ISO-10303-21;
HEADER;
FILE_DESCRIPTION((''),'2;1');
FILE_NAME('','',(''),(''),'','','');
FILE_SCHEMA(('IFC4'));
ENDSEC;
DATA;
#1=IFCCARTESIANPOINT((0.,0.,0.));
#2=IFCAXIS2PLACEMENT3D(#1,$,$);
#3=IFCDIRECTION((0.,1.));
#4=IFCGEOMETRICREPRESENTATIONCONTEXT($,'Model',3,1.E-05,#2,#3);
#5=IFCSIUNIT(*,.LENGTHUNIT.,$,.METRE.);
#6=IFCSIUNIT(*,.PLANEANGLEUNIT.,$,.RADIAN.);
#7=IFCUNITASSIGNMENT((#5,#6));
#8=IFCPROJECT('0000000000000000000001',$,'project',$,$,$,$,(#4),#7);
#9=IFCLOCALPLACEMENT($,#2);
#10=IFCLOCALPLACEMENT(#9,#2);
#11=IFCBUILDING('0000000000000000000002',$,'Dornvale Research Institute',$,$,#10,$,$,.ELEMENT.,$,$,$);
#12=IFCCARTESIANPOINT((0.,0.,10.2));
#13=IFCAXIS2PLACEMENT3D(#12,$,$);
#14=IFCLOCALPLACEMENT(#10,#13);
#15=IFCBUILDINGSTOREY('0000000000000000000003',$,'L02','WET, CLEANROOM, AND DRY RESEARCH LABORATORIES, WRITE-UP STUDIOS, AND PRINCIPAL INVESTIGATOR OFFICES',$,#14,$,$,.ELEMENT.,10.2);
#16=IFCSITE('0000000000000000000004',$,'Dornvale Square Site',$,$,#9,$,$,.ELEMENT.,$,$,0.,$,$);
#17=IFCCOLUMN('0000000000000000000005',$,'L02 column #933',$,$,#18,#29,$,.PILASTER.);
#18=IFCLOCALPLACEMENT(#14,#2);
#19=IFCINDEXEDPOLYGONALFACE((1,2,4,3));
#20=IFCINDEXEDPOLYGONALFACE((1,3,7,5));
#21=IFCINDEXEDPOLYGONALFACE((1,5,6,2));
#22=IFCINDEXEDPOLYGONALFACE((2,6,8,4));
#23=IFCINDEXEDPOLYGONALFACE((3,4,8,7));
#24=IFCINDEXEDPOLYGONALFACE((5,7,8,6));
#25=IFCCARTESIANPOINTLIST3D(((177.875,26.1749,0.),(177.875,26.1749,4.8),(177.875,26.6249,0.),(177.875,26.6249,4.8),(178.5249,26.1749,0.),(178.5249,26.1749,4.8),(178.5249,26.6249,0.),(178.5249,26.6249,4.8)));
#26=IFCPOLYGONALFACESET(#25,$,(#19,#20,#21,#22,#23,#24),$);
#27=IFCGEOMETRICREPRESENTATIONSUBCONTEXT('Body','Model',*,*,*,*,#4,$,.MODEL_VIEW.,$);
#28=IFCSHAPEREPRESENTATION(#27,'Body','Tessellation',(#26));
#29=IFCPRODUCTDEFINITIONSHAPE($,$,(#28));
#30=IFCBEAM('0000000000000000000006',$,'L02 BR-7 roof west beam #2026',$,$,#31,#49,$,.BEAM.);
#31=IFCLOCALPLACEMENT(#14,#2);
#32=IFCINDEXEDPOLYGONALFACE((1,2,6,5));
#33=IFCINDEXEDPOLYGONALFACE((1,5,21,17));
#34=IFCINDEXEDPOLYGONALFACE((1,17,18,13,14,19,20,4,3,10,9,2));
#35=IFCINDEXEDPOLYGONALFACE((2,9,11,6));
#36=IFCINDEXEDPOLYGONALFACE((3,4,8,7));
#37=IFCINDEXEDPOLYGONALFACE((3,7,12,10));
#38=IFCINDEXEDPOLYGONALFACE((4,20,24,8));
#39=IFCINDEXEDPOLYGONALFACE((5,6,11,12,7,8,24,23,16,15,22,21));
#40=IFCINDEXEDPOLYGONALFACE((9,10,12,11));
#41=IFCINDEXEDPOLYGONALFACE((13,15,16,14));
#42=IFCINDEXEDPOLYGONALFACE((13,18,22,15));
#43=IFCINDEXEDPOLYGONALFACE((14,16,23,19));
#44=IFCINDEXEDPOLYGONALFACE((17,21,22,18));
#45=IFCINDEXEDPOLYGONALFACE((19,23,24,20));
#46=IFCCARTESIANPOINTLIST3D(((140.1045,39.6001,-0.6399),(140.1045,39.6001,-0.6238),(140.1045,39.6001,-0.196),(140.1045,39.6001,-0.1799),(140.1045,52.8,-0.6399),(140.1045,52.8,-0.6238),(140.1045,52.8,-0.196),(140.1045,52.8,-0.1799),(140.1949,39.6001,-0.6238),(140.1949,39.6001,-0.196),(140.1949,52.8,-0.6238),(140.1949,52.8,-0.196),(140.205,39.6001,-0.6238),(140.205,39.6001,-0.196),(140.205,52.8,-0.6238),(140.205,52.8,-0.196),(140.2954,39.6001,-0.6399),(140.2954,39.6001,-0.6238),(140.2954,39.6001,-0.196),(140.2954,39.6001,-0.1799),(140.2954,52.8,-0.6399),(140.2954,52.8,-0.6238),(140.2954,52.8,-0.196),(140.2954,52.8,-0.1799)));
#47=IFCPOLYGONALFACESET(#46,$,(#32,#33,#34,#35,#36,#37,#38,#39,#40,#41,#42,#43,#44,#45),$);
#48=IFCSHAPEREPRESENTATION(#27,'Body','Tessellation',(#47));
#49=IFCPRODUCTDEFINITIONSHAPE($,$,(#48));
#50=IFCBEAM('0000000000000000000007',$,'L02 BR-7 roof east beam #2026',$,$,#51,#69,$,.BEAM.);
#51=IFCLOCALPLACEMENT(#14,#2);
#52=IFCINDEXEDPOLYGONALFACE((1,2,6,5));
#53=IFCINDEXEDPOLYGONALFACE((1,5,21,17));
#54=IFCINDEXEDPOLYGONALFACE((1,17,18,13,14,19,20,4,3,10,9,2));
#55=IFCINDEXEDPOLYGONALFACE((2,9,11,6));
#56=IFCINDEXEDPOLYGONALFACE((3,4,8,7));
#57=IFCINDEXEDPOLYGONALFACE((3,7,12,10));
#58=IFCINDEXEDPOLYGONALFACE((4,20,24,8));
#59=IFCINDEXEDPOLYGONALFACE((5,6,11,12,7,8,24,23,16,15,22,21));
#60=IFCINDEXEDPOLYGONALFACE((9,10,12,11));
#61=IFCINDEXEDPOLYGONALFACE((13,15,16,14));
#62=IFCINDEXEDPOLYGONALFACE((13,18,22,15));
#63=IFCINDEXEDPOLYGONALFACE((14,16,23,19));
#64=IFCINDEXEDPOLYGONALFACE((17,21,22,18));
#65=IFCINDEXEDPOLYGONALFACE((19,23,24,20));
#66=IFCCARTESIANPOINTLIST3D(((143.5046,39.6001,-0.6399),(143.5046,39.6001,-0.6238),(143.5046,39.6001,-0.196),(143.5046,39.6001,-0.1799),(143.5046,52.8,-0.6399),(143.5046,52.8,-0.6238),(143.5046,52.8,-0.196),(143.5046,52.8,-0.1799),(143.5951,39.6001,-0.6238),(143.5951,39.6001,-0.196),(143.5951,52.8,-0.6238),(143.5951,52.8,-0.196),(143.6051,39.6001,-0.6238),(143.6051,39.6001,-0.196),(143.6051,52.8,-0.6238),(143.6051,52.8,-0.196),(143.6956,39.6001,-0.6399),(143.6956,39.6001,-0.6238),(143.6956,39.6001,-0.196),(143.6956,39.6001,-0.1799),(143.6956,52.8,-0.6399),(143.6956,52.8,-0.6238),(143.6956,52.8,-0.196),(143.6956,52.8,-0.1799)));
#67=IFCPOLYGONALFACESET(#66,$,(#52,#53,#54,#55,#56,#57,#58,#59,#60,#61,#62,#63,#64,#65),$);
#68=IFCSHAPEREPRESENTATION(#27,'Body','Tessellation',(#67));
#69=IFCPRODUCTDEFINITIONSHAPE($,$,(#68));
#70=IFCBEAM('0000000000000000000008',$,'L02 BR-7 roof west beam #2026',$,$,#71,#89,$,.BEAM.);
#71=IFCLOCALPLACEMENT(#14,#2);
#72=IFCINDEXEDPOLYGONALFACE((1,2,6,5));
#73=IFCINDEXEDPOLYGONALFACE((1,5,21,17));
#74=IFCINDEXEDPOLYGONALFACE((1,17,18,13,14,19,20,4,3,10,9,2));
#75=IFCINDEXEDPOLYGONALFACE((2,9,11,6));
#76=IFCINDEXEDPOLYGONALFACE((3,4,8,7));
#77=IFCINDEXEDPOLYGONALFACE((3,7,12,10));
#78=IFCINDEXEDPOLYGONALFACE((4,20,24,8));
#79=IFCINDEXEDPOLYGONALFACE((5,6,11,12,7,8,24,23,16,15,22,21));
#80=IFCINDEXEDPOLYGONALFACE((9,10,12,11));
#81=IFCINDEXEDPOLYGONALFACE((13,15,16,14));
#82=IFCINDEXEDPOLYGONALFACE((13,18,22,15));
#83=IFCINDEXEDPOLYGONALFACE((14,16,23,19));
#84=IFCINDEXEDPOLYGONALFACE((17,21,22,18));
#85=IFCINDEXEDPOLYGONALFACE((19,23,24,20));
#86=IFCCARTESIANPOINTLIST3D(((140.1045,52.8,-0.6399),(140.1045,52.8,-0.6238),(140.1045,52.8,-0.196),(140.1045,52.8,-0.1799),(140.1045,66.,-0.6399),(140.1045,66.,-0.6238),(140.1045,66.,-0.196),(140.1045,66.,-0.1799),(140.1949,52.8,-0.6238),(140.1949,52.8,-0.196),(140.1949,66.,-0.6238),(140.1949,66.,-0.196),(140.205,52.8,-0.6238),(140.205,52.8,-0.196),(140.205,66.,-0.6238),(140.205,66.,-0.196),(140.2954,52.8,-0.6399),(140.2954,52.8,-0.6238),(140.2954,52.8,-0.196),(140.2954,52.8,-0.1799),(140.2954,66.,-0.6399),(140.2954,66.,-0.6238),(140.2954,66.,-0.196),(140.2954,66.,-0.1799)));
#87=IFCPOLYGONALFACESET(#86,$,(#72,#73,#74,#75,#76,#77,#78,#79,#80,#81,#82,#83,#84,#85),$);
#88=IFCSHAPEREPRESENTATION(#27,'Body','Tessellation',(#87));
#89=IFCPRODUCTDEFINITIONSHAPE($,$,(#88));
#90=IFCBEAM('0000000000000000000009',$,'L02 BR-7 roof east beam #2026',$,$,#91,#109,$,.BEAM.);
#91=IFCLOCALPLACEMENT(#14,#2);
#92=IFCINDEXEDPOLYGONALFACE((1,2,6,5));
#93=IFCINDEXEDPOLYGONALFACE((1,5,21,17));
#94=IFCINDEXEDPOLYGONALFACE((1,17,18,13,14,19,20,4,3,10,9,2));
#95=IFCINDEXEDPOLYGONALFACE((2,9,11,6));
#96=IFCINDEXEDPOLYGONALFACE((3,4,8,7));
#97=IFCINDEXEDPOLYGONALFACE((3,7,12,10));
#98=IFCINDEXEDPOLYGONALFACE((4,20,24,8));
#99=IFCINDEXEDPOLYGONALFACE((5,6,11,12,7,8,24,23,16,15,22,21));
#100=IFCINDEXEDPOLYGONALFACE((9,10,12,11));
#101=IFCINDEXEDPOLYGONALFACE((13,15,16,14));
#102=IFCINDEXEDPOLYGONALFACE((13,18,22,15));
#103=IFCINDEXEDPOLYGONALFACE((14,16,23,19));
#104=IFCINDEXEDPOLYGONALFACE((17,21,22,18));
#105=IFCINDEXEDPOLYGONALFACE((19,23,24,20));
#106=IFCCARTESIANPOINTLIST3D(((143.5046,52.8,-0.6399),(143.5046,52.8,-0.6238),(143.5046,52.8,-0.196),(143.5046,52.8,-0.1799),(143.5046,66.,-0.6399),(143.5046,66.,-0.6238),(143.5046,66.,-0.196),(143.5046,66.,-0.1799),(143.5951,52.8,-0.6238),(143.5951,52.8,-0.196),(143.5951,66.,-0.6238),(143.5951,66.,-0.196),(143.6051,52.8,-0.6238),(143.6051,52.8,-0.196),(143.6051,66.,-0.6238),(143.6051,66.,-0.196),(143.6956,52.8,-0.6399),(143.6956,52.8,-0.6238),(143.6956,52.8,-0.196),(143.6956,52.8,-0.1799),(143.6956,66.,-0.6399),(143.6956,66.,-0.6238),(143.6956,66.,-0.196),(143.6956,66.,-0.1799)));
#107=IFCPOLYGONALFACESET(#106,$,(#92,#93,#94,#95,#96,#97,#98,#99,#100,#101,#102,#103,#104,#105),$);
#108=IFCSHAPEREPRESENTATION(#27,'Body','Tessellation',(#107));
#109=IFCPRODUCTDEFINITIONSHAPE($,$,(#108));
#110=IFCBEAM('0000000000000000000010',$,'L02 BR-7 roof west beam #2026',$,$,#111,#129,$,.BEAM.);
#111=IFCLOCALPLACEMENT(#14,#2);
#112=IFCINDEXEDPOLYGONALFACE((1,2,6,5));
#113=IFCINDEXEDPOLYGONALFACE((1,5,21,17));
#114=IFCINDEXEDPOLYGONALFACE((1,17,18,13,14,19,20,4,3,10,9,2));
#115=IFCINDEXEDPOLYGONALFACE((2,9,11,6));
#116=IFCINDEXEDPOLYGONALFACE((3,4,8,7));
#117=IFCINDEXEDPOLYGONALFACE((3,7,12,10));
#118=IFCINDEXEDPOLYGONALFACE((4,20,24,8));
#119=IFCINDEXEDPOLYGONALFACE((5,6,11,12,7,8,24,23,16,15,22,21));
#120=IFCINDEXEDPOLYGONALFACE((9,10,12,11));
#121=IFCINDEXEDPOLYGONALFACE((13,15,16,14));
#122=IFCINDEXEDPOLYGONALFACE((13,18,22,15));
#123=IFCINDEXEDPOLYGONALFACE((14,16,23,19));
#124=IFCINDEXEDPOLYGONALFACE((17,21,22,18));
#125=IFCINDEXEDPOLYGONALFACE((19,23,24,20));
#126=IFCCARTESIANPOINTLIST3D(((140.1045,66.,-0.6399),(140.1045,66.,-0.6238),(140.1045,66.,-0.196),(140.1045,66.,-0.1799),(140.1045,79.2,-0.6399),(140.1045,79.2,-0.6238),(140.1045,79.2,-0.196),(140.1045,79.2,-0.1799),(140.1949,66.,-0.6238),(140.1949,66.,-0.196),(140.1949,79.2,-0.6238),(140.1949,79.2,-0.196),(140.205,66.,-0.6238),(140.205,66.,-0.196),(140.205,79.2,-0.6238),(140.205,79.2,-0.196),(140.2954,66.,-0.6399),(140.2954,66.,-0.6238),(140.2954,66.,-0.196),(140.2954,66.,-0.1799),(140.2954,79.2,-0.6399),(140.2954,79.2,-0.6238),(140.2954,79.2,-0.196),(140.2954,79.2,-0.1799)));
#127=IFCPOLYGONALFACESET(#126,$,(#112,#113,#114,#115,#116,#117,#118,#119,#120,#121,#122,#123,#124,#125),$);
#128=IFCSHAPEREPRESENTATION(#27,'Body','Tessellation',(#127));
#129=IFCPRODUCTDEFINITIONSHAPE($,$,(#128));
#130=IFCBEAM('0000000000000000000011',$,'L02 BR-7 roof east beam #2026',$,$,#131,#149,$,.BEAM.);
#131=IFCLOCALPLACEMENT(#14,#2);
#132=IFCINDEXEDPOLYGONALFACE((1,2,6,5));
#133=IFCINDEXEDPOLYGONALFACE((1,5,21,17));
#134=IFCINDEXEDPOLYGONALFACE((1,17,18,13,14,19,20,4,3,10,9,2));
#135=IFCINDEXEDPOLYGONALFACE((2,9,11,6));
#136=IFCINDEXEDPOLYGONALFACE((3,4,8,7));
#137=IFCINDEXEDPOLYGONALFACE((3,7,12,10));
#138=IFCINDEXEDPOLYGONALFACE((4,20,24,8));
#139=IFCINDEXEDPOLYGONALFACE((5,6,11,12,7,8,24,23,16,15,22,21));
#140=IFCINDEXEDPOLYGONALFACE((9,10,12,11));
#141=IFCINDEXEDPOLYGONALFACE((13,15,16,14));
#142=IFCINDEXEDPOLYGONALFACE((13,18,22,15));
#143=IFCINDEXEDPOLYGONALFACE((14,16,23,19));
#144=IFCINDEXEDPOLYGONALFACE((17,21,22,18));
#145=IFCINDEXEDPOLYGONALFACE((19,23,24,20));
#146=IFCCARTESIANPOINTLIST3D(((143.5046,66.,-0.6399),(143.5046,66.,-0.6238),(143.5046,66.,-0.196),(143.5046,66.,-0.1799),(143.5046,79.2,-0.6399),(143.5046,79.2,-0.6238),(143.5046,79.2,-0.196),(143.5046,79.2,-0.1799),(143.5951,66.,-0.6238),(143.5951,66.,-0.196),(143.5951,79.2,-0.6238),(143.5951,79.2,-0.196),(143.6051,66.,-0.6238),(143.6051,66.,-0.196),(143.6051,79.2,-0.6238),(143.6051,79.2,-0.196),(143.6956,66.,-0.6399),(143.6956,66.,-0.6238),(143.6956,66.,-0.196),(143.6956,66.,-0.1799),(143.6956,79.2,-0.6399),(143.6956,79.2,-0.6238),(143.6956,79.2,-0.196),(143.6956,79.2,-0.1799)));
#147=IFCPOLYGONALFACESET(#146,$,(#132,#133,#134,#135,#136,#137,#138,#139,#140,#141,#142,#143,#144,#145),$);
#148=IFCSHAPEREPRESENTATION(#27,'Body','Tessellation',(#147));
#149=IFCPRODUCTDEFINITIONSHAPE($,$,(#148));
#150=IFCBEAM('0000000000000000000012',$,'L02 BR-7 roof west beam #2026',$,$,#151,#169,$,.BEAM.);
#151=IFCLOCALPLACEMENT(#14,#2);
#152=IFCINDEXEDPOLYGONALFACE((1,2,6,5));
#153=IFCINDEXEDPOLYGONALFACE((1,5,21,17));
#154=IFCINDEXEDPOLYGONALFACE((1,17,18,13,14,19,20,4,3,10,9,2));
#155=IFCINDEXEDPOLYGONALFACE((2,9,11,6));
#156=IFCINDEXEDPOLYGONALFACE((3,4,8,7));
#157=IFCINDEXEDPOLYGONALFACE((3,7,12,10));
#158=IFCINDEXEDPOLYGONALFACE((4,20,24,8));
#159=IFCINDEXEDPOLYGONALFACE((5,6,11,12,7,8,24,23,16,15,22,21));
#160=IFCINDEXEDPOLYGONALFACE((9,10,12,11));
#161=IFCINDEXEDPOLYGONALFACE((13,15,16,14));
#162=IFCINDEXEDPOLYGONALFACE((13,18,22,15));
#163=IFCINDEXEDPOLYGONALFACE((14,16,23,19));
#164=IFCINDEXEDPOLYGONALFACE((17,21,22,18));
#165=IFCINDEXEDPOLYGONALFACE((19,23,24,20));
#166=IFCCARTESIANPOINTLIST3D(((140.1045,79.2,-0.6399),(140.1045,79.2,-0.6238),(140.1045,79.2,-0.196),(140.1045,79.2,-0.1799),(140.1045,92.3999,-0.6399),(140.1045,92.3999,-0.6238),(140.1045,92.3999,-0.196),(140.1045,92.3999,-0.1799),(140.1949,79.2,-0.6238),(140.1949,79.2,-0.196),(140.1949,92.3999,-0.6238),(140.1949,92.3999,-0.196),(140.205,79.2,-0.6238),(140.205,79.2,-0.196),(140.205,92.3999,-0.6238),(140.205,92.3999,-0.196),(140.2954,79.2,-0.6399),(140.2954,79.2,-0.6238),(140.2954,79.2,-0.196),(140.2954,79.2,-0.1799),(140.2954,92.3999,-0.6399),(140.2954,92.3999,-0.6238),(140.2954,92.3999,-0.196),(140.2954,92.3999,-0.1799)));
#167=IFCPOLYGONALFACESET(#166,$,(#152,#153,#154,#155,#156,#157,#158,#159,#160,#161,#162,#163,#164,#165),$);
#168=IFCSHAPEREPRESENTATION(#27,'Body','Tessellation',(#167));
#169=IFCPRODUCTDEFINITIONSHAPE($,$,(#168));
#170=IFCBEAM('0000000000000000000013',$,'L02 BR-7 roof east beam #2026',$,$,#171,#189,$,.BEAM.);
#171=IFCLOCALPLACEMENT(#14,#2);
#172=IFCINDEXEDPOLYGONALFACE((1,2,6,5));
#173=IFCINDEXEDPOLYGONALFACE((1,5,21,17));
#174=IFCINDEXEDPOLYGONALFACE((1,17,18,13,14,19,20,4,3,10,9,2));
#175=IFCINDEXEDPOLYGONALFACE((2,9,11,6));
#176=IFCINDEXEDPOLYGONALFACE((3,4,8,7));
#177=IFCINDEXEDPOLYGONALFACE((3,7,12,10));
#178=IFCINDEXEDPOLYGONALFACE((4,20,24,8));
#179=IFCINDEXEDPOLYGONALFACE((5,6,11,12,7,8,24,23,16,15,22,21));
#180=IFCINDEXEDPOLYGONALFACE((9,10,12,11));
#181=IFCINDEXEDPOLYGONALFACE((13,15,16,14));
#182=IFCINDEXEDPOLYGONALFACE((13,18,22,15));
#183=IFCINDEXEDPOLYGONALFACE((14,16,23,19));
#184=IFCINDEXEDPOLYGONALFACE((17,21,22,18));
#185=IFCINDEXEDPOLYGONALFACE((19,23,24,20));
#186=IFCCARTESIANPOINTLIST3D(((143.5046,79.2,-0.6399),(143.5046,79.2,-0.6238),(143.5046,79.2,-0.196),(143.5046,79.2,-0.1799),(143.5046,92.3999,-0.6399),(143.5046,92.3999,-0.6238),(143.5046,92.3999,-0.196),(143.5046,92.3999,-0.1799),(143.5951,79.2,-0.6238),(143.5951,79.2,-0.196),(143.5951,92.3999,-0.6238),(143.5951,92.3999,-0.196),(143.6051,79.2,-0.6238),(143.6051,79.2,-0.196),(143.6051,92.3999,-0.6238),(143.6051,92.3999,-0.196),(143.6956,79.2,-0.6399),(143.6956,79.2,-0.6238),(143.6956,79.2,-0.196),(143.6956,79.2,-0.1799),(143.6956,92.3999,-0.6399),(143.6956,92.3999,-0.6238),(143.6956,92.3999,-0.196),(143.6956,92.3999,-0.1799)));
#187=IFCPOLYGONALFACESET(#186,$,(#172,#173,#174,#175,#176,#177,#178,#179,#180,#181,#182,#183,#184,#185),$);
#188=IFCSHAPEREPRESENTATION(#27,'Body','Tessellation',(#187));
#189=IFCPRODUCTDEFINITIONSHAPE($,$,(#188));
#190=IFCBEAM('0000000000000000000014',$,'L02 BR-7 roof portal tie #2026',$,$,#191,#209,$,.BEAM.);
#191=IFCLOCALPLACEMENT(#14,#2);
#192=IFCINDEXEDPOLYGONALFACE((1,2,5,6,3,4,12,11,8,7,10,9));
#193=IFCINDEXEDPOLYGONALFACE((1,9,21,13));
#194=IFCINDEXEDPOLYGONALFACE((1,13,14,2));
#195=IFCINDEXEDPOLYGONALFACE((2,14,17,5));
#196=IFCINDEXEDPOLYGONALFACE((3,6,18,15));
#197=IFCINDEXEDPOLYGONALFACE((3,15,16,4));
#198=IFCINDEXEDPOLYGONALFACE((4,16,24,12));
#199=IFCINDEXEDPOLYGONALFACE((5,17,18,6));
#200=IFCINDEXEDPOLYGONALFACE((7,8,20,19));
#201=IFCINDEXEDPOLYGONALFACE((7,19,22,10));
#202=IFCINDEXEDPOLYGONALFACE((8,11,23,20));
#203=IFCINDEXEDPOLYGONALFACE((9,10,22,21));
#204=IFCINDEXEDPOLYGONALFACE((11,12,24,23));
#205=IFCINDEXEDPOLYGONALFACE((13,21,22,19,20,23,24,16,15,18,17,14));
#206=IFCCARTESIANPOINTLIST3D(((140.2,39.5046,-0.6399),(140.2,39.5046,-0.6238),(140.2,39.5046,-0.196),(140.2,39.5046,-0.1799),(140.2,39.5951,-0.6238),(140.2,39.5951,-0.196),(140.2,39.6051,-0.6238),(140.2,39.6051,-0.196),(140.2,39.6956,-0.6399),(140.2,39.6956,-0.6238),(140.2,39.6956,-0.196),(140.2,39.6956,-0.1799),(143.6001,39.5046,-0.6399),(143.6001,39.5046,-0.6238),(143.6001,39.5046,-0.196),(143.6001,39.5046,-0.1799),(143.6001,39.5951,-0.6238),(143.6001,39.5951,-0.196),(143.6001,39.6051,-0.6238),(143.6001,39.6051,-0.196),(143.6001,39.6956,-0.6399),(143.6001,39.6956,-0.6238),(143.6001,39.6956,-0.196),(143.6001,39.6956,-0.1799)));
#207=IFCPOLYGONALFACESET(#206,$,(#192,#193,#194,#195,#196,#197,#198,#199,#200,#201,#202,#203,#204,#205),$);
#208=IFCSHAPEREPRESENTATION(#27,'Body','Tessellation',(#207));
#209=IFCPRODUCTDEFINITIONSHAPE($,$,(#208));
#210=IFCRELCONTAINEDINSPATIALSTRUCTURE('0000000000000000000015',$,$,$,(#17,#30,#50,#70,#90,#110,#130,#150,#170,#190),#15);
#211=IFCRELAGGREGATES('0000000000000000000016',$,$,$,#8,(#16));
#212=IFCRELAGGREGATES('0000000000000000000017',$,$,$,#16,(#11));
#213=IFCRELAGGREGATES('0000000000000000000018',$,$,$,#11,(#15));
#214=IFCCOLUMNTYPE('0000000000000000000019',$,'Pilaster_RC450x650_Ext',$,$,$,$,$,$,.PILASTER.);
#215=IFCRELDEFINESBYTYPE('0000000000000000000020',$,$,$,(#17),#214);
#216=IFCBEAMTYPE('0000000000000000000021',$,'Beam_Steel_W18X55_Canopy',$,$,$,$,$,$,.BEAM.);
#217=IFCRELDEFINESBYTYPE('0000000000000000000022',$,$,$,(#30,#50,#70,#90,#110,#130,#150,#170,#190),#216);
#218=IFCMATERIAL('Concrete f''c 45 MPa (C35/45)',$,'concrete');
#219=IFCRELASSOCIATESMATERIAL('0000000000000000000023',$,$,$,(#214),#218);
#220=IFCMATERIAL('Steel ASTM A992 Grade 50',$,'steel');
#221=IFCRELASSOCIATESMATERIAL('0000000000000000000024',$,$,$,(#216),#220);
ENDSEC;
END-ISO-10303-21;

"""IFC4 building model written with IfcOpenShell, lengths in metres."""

from ifc_helpers import new_model, si_unit, direction, frame, origin, origin_2d, place, context, subcontext, project, spatial, rectangle, i_section, extrude, material, material_profile, profile_set, type_object, element, save


model = new_model("IFC4")

# Units and contexts
model_context = context("Model", 3, precision=1e-05, world=origin(), true_north=direction((0.0, 1.0)))
body_context = subcontext(model_context, "Body", "Model", "MODEL_VIEW")
ifc_project = project(units=[si_unit("LENGTHUNIT", "METRE"), si_unit("PLANEANGLEUNIT", "RADIAN")], contexts=[model_context])

# Site, building, storey
site_placement = place(None, origin())
site = spatial("IfcSite", under=ifc_project, at=site_placement, Name="Dornvale Square Site", CompositionType="ELEMENT", RefElevation=0.0)
building_placement = place(site_placement, origin())
building = spatial("IfcBuilding", under=site, at=building_placement, Name="Dornvale Research Institute", CompositionType="ELEMENT")
storey_placement = place(building_placement, frame((0.0, 0.0, 10.2)))
storey = spatial("IfcBuildingStorey", under=building, at=storey_placement, Name="L02", Description="WET, CLEANROOM, AND DRY RESEARCH LABORATORIES, WRITE-UP STUDIOS, AND PRINCIPAL INVESTIGATOR OFFICES", CompositionType="ELEMENT", Elevation=10.2)

# Column
ifc_material_1 = material(Name="Concrete f'c 45 MPa (C35/45)", Category="concrete")
ifc_material_profile_1 = material_profile(ifc_material_1, rectangle(XDim=0.45, YDim=0.6499, at=origin_2d()), Name="RC 450x650")
ifc_profile_set_1 = profile_set([ifc_material_profile_1], Name="Concrete f'c 45 MPa (C35/45)")
column_type = type_object("IfcColumnType", Name="Pilaster_RC450x650_Ext", PredefinedType="PILASTER", material=ifc_profile_set_1)
column_placement = place(storey_placement, frame((178.2, 26.3999, 0.0), z_axis=(0.0, 0.0, 1.0), x_axis=(0.0, 1.0, 0.0)))
element("IfcColumn", 1, at=column_placement, inside=storey, type_object=column_type, Name="L02 column #933", PredefinedType="PILASTER", context=body_context, shape_type="SweptSolid", body=[
    extrude(rectangle(XDim=0.45, YDim=0.6499, at=origin_2d()), origin(), (0.0, 0.0, 1.0), 4.8),
])

# Beams
ifc_material_2 = material(Name="Steel ASTM A992 Grade 50", Category="steel")
ifc_material_profile_2 = material_profile(ifc_material_2, i_section(OverallWidth=0.1909, OverallDepth=0.46, WebThickness=0.01, FlangeThickness=0.0161, at=origin_2d()), Name="W18X55")
ifc_profile_set_2 = profile_set([ifc_material_profile_2], Name="Steel ASTM A992 Grade 50")
beam_type = type_object("IfcBeamType", Name="Beam_Steel_W18X55_Canopy", PredefinedType="BEAM", material=ifc_profile_set_2)
for number, where, z_axis, x_axis, name in (
    (2, (140.2, 39.6001, -0.4099), (0.0, 1.0, 0.0), (-1.0, 0.0, 0.0), "L02 BR-7 roof west beam #2026"),
    (3, (143.6001, 39.6001, -0.4099), (0.0, 1.0, 0.0), (-1.0, 0.0, 0.0), "L02 BR-7 roof east beam #2026"),
    (4, (140.2, 52.8, -0.4099), (0.0, 1.0, 0.0), (-1.0, 0.0, 0.0), "L02 BR-7 roof west beam #2026"),
    (5, (143.6001, 52.8, -0.4099), (0.0, 1.0, 0.0), (-1.0, 0.0, 0.0), "L02 BR-7 roof east beam #2026"),
    (6, (140.2, 66.0, -0.4099), (0.0, 1.0, 0.0), (-1.0, 0.0, 0.0), "L02 BR-7 roof west beam #2026"),
    (7, (143.6001, 66.0, -0.4099), (0.0, 1.0, 0.0), (-1.0, 0.0, 0.0), "L02 BR-7 roof east beam #2026"),
    (8, (140.2, 79.2, -0.4099), (0.0, 1.0, 0.0), (-1.0, 0.0, 0.0), "L02 BR-7 roof west beam #2026"),
    (9, (143.6001, 79.2, -0.4099), (0.0, 1.0, 0.0), (-1.0, 0.0, 0.0), "L02 BR-7 roof east beam #2026"),
):
    element("IfcBeam", number, at=place(storey_placement, frame(where, z_axis=z_axis, x_axis=x_axis)), inside=storey, type_object=beam_type, Name=name, PredefinedType="BEAM", context=body_context, shape_type="SweptSolid", body=[
        extrude(i_section(OverallWidth=0.1909, OverallDepth=0.46, WebThickness=0.01, FlangeThickness=0.0161, at=origin_2d()), origin(), (0.0, 0.0, 1.0), 13.2),
    ])
for number, where, z_axis, x_axis, name in (
    (10, (140.2, 39.6001, -0.4099), (1.0, 0.0, 0.0), (0.0, 1.0, 0.0), "L02 BR-7 roof portal tie #2026"),
):
    element("IfcBeam", number, at=place(storey_placement, frame(where, z_axis=z_axis, x_axis=x_axis)), inside=storey, type_object=beam_type, Name=name, PredefinedType="BEAM", context=body_context, shape_type="SweptSolid", body=[
        extrude(i_section(OverallWidth=0.1909, OverallDepth=0.46, WebThickness=0.01, FlangeThickness=0.0161, at=origin_2d()), origin(), (0.0, 0.0, 1.0), 3.4001),
    ])

save(model, "model.ifc")
